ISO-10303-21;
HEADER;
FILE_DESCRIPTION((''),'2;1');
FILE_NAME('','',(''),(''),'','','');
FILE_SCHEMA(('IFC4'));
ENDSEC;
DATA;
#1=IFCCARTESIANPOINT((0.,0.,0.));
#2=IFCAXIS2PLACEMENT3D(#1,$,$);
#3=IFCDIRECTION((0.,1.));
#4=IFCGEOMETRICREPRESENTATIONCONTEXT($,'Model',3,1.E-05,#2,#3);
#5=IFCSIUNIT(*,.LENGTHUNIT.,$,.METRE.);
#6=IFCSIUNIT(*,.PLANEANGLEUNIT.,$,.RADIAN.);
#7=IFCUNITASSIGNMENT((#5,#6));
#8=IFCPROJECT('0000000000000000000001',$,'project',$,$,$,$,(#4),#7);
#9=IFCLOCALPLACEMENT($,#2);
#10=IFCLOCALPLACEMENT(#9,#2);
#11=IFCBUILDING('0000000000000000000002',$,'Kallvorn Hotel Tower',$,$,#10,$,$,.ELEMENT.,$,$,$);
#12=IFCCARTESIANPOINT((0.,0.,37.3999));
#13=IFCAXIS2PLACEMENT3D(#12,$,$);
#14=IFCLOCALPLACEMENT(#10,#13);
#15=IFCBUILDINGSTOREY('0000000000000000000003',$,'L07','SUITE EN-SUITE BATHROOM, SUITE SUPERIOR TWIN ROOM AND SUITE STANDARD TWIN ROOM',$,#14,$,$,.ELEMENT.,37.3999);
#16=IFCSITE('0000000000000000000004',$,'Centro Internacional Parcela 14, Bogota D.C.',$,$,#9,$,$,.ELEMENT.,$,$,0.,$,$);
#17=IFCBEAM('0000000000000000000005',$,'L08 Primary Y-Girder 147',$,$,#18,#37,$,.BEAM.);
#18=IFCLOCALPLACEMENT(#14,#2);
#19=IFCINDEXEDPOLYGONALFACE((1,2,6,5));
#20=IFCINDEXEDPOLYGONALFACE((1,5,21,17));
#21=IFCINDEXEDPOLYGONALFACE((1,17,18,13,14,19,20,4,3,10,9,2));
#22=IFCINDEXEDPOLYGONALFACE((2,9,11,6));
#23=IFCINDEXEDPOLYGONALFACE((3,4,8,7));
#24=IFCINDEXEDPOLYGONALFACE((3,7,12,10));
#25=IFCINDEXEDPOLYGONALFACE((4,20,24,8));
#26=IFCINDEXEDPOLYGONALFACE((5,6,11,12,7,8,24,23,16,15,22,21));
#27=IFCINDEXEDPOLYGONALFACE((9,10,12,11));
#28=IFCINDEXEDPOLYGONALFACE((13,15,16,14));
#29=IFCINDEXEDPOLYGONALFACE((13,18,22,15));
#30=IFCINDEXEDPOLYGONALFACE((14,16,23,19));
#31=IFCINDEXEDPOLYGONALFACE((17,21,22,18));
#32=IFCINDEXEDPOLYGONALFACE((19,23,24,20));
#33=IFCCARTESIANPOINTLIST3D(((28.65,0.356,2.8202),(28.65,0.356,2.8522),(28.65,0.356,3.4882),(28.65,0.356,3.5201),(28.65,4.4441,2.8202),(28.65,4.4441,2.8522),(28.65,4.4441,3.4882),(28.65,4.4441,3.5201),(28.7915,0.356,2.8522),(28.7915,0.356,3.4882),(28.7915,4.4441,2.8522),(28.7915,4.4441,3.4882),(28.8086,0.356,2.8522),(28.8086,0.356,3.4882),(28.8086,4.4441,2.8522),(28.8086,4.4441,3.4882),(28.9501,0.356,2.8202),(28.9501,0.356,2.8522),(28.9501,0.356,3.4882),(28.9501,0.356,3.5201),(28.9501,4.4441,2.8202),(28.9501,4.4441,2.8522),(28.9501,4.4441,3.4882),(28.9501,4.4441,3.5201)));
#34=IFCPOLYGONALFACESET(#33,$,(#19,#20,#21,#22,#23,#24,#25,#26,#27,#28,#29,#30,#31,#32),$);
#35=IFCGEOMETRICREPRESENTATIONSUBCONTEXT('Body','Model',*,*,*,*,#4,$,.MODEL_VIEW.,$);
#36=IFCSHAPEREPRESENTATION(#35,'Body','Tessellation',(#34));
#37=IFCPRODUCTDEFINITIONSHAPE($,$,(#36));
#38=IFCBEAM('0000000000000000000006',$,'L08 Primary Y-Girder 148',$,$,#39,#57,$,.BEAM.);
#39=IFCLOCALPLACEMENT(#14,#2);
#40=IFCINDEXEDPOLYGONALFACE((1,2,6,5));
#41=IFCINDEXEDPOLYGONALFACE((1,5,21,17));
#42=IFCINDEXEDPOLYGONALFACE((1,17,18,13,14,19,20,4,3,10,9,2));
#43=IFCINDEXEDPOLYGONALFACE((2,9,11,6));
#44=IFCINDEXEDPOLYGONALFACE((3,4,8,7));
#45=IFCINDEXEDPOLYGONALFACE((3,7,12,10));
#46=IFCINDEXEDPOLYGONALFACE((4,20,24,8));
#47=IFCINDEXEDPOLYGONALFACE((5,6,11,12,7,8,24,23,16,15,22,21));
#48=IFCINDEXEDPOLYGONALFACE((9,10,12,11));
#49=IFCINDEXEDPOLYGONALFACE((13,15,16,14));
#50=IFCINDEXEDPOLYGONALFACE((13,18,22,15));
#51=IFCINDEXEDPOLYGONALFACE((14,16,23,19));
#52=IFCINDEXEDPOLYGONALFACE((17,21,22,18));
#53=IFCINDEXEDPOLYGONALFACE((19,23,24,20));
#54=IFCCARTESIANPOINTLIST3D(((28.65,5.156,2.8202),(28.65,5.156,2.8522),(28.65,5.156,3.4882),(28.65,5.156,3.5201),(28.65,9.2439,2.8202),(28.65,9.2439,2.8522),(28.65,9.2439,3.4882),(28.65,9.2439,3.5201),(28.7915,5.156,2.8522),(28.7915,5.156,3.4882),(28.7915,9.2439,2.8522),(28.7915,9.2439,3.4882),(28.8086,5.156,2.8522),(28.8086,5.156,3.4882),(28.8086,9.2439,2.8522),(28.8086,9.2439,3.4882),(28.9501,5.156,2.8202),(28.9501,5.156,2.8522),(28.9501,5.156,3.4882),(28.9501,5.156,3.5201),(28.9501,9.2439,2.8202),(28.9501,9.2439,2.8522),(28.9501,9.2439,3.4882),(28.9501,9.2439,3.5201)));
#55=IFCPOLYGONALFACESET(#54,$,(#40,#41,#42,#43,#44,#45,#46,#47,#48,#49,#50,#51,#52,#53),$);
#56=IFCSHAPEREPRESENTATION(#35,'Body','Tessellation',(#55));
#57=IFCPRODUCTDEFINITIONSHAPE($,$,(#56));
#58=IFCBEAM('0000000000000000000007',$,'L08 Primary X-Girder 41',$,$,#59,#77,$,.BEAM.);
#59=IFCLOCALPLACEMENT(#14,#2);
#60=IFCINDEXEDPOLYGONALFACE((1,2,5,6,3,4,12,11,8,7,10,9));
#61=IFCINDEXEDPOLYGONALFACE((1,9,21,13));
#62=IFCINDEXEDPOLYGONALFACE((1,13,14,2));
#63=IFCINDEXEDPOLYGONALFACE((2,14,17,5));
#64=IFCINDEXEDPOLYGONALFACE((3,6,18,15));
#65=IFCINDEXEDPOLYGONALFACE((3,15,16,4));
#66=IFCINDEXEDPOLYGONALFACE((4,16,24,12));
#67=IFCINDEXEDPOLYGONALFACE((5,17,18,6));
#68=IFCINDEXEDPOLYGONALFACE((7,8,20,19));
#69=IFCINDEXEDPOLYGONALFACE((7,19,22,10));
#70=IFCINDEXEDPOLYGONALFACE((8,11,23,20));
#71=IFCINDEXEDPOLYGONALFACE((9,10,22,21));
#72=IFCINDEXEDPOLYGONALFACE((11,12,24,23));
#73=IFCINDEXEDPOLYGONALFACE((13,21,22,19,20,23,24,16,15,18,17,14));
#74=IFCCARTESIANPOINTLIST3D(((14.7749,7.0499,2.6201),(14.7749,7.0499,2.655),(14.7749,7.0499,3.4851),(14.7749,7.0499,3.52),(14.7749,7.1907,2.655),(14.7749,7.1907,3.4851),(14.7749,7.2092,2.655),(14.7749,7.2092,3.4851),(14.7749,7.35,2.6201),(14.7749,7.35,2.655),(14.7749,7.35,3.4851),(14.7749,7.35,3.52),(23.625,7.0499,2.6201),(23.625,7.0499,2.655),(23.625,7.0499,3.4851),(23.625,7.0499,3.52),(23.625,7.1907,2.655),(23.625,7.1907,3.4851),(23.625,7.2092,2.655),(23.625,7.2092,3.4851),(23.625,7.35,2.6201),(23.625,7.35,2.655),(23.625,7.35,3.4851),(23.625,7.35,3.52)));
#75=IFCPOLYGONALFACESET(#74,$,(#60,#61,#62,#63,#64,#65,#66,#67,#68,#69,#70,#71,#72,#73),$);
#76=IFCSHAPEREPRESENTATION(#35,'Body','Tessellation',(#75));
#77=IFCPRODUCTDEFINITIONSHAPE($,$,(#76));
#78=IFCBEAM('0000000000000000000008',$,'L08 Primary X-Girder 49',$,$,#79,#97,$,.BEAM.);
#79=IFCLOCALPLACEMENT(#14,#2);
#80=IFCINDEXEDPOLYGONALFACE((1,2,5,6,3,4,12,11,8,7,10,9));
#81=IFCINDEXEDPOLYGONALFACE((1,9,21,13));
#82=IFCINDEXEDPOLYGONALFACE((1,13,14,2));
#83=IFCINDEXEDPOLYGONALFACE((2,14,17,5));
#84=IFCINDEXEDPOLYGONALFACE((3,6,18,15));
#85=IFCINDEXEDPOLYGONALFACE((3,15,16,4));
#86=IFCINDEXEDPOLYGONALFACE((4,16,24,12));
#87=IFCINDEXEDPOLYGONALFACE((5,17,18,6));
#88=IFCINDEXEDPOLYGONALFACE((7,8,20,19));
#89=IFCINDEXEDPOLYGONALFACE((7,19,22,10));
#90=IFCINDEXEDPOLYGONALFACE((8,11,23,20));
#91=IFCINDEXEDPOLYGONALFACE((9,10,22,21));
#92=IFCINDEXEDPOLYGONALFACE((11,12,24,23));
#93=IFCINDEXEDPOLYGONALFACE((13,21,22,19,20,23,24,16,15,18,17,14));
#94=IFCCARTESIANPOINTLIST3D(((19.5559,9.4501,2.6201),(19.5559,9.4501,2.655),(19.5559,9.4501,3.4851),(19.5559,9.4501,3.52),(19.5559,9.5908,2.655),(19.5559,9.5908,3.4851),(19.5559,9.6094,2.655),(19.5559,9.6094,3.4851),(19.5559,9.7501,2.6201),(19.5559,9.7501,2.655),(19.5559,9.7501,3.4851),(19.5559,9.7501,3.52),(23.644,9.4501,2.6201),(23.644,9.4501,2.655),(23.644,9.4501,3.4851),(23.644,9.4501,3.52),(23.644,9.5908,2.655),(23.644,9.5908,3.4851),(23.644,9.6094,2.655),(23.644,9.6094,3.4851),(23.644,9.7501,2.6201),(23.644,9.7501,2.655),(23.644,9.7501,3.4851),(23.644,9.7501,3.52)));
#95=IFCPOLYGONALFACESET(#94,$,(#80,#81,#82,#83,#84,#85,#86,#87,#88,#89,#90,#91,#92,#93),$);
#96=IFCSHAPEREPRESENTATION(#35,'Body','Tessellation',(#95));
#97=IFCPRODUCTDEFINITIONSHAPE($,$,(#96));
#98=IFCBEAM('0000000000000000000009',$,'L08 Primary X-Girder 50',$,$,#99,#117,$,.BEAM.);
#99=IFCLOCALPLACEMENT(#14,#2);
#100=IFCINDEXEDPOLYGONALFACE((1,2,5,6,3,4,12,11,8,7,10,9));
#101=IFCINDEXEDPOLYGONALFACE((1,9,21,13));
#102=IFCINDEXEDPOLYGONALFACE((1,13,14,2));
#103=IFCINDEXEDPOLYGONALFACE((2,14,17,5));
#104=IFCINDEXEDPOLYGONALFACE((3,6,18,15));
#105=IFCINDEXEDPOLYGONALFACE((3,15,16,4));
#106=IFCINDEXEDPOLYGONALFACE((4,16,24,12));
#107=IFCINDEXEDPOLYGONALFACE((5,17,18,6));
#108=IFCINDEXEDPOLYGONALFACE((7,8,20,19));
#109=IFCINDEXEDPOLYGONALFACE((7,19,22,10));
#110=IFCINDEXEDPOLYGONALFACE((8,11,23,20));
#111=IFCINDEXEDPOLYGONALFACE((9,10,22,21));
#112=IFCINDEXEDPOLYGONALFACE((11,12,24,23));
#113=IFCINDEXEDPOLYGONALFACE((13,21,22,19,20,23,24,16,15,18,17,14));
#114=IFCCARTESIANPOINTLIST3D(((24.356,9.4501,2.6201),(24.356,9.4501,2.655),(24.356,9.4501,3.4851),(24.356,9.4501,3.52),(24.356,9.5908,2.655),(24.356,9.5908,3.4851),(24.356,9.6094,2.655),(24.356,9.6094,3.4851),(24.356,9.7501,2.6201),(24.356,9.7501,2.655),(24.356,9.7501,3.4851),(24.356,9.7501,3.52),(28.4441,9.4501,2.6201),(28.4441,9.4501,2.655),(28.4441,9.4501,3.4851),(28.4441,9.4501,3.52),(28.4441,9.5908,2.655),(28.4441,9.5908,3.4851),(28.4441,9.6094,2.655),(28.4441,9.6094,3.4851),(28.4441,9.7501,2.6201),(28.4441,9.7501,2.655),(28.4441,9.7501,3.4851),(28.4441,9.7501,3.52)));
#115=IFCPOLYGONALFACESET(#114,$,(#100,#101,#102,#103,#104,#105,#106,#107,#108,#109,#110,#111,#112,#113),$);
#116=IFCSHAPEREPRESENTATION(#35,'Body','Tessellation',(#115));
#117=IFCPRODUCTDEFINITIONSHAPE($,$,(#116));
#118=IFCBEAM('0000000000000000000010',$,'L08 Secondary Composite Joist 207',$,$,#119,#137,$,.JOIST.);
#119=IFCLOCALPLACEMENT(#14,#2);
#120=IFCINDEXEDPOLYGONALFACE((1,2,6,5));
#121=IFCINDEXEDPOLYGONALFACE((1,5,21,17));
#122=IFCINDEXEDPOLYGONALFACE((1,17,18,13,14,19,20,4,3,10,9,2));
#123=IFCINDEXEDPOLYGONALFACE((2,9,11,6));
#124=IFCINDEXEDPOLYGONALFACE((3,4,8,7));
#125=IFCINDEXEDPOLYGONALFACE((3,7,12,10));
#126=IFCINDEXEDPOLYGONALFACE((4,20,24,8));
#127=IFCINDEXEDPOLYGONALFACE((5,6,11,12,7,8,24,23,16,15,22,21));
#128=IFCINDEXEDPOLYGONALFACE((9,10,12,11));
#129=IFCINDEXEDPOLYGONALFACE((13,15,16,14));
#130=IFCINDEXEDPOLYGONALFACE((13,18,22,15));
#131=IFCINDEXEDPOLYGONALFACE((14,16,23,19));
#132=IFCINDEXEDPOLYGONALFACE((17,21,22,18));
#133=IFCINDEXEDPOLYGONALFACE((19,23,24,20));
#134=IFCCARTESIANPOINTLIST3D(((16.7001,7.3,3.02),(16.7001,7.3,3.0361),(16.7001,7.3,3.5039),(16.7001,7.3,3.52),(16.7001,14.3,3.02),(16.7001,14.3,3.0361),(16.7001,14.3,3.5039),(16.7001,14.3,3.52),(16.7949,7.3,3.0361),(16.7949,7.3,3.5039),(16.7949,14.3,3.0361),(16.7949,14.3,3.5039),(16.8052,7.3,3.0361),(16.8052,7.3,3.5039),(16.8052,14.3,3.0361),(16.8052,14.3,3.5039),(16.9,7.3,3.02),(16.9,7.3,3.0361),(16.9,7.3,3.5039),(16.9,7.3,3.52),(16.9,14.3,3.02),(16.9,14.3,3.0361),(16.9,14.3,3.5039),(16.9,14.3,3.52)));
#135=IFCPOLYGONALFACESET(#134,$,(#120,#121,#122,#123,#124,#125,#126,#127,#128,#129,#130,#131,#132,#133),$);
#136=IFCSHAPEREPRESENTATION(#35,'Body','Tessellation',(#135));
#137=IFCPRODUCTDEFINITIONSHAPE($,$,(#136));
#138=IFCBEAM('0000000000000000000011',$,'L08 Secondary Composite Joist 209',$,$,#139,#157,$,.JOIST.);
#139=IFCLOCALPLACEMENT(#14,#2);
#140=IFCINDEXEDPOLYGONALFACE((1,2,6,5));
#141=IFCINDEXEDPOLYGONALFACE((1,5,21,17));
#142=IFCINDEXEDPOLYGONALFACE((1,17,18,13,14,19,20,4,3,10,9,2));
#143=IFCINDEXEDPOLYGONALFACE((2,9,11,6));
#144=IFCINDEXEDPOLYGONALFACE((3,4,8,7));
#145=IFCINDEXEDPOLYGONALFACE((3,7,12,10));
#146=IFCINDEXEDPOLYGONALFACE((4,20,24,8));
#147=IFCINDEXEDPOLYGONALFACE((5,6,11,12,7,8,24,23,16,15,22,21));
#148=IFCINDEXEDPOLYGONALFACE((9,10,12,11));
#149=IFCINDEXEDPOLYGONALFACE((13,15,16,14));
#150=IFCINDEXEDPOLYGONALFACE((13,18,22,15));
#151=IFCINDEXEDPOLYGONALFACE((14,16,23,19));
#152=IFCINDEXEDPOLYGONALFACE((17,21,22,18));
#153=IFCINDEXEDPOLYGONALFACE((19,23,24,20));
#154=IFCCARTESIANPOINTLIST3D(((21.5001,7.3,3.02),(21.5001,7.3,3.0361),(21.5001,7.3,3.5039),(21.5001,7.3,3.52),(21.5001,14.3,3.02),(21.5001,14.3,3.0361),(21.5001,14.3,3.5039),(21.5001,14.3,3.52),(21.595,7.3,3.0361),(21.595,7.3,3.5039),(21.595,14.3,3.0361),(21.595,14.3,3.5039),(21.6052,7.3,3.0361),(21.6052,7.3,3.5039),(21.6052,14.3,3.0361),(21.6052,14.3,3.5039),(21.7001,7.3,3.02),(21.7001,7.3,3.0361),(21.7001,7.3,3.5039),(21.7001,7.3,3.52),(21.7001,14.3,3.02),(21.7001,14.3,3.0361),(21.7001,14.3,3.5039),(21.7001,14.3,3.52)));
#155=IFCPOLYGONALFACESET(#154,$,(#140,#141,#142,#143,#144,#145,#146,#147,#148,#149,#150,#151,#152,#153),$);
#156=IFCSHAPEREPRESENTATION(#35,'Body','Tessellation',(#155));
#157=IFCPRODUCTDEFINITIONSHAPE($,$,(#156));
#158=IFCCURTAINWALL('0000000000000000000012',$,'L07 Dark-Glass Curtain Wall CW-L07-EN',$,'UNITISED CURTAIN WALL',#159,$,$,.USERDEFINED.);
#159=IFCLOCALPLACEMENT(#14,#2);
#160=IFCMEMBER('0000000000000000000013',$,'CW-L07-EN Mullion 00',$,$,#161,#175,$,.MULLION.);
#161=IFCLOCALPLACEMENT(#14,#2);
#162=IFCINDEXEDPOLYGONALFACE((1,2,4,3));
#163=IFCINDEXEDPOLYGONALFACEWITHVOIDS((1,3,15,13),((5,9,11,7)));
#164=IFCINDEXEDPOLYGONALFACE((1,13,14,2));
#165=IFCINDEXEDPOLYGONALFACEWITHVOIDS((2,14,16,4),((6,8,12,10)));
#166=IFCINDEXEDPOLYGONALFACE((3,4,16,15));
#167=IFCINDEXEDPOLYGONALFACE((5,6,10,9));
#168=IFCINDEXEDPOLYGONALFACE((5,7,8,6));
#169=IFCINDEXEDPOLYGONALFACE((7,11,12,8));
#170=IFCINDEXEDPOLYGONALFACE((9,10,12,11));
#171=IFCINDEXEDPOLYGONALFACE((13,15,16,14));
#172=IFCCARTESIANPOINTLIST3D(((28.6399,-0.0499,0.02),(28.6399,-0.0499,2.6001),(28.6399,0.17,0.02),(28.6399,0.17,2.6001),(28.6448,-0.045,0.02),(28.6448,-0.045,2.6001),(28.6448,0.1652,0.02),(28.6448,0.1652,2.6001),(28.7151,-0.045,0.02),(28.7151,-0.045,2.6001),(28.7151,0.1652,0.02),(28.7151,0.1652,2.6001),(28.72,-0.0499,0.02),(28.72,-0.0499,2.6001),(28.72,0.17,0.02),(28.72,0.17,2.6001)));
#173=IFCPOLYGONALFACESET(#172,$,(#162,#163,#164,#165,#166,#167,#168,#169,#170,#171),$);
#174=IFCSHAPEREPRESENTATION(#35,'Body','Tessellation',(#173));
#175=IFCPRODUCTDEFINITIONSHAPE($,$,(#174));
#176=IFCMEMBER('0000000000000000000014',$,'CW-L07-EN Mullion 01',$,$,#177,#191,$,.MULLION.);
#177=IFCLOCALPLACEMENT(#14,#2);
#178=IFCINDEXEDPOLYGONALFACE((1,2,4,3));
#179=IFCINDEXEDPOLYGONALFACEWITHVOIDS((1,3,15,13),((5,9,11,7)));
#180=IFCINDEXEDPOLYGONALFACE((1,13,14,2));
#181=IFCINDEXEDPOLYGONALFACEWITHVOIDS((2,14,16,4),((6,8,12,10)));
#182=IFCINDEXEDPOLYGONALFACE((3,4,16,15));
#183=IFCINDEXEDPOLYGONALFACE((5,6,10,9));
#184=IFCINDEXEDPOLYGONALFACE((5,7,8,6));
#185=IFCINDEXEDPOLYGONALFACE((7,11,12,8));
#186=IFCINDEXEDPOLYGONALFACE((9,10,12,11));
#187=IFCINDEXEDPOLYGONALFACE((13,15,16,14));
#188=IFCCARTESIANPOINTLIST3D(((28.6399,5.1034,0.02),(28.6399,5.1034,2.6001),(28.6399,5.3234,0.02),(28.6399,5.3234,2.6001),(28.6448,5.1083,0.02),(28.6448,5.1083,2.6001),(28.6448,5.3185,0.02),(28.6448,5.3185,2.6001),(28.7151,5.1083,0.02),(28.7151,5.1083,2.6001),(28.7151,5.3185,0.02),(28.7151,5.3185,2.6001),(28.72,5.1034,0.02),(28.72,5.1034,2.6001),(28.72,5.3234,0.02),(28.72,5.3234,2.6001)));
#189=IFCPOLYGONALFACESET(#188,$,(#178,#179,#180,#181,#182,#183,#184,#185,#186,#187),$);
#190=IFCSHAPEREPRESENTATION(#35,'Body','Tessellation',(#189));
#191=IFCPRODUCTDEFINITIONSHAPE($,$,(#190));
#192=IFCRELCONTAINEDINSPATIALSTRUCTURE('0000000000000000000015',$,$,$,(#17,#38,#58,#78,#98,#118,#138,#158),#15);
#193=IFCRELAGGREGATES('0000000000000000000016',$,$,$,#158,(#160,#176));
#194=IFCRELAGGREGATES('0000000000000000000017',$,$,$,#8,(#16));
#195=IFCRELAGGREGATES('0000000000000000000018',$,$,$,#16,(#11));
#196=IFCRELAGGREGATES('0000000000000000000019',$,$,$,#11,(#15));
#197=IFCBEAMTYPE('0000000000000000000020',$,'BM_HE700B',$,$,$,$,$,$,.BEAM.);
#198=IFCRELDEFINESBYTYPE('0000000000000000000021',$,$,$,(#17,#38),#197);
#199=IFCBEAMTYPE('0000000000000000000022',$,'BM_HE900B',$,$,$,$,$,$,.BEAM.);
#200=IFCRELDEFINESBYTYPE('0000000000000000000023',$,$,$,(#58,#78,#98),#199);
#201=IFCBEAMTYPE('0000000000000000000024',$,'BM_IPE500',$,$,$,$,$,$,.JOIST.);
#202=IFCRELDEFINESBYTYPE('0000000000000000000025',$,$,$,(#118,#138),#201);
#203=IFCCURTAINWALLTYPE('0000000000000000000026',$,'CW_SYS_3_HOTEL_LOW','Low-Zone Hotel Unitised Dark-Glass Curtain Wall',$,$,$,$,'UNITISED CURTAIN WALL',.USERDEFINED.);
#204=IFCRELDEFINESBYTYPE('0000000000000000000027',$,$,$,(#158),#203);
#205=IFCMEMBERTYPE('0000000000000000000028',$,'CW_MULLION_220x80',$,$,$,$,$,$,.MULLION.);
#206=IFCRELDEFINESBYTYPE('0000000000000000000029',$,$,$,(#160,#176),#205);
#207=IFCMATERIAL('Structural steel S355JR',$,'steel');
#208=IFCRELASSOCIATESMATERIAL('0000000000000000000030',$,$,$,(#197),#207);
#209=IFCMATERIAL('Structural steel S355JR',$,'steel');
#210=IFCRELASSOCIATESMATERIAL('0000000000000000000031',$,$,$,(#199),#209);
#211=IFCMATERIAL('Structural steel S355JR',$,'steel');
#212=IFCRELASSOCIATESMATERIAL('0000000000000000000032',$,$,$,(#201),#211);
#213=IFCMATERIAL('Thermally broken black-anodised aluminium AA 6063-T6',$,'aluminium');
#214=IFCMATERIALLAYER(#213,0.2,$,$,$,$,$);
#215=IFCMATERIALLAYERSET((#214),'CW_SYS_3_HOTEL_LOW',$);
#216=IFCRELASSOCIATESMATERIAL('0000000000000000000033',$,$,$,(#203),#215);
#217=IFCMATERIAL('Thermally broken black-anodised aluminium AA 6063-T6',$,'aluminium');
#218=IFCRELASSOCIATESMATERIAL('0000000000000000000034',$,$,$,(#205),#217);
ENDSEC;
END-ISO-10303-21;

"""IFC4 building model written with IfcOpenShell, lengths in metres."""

from ifc_helpers import new_model, si_unit, direction, frame, origin, origin_2d, place, context, subcontext, project, spatial, hollow_rectangle, i_section, extrude, material, layer, layer_set, material_profile, profile_set, type_object, element, aggregate, save


model = new_model("IFC4")

# Units and contexts
model_context = context("Model", 3, precision=1e-05, world=origin(), true_north=direction((0.0, 1.0)))
body_context = subcontext(model_context, "Body", "Model", "MODEL_VIEW")
ifc_project = project(units=[si_unit("LENGTHUNIT", "METRE"), si_unit("PLANEANGLEUNIT", "RADIAN")], contexts=[model_context])

# Site, building, storey
site_placement = place(None, origin())
site = spatial("IfcSite", under=ifc_project, at=site_placement, Name="Centro Internacional Parcela 14, Bogota D.C.", CompositionType="ELEMENT", RefElevation=0.0)
building_placement = place(site_placement, origin())
building = spatial("IfcBuilding", under=site, at=building_placement, Name="Kallvorn Hotel Tower", CompositionType="ELEMENT")
storey_placement = place(building_placement, frame((0.0, 0.0, 37.3999)))
storey = spatial("IfcBuildingStorey", under=building, at=storey_placement, Name="L07", Description="SUITE EN-SUITE BATHROOM, SUITE SUPERIOR TWIN ROOM AND SUITE STANDARD TWIN ROOM", CompositionType="ELEMENT", Elevation=37.3999)

# Beams
ifc_material_1 = material(Name="Structural steel S355JR", Category="steel")
ifc_material_profile_1 = material_profile(ifc_material_1, i_section(OverallWidth=0.3, OverallDepth=0.7, WebThickness=0.0171, FlangeThickness=0.032, at=origin_2d()), Name="HE 700 B")
ifc_profile_set_1 = profile_set([ifc_material_profile_1], Name="Structural steel S355JR")
beam_type_1 = type_object("IfcBeamType", Name="BM_HE700B", PredefinedType="BEAM", material=ifc_profile_set_1)
beam_1_placement = place(storey_placement, frame((28.8, 0.356, 3.1702), z_axis=(0.0, 1.0, 0.0), x_axis=(-1.0, 0.0, 0.0)))
element("IfcBeam", 1, at=beam_1_placement, inside=storey, type_object=beam_type_1, Name="L08 Primary Y-Girder 147", PredefinedType="BEAM", context=body_context, shape_type="SweptSolid", body=[
    extrude(i_section(OverallWidth=0.3, OverallDepth=0.7, WebThickness=0.0171, FlangeThickness=0.032, at=origin_2d()), origin(), (0.0, 0.0, 1.0), 4.0881),
])
beam_2_placement = place(storey_placement, frame((28.8, 5.156, 3.1702), z_axis=(0.0, 1.0, 0.0), x_axis=(-1.0, 0.0, 0.0)))
element("IfcBeam", 2, at=beam_2_placement, inside=storey, type_object=beam_type_1, Name="L08 Primary Y-Girder 148", PredefinedType="BEAM", context=body_context, shape_type="SweptSolid", body=[
    extrude(i_section(OverallWidth=0.3, OverallDepth=0.7, WebThickness=0.0171, FlangeThickness=0.032, at=origin_2d()), origin(), (0.0, 0.0, 1.0), 4.0879),
])
ifc_material_2 = material(Name="Structural steel S355JR", Category="steel")
ifc_material_profile_2 = material_profile(ifc_material_2, i_section(OverallWidth=0.3, OverallDepth=0.8999, WebThickness=0.0186, FlangeThickness=0.0349, at=origin_2d()), Name="HE 900 B")
ifc_profile_set_2 = profile_set([ifc_material_profile_2], Name="Structural steel S355JR")
beam_type_2 = type_object("IfcBeamType", Name="BM_HE900B", PredefinedType="BEAM", material=ifc_profile_set_2)
beam_3_placement = place(storey_placement, frame((14.7749, 7.2, 3.0701), z_axis=(1.0, 0.0, 0.0), x_axis=(0.0, 1.0, 0.0)))
element("IfcBeam", 3, at=beam_3_placement, inside=storey, type_object=beam_type_2, Name="L08 Primary X-Girder 41", PredefinedType="BEAM", context=body_context, shape_type="SweptSolid", body=[
    extrude(i_section(OverallWidth=0.3, OverallDepth=0.8999, WebThickness=0.0186, FlangeThickness=0.0349, at=origin_2d()), origin(), (0.0, 0.0, 1.0), 8.8501),
])
for number, where, z_axis, x_axis, name in (
    (4, (19.5559, 9.6001, 3.0701), (1.0, 0.0, 0.0), (0.0, 1.0, 0.0), "L08 Primary X-Girder 49"),
    (5, (24.356, 9.6001, 3.0701), (1.0, 0.0, 0.0), (0.0, 1.0, 0.0), "L08 Primary X-Girder 50"),
):
    element("IfcBeam", number, at=place(storey_placement, frame(where, z_axis=z_axis, x_axis=x_axis)), inside=storey, type_object=beam_type_2, Name=name, PredefinedType="BEAM", context=body_context, shape_type="SweptSolid", body=[
        extrude(i_section(OverallWidth=0.3, OverallDepth=0.8999, WebThickness=0.0186, FlangeThickness=0.0349, at=origin_2d()), origin(), (0.0, 0.0, 1.0), 4.0881),
    ])
ifc_material_3 = material(Name="Structural steel S355JR", Category="steel")
ifc_material_profile_3 = material_profile(ifc_material_3, i_section(OverallWidth=0.2, OverallDepth=0.5, WebThickness=0.0103, FlangeThickness=0.0161, at=origin_2d()), Name="IPE 500")
ifc_profile_set_3 = profile_set([ifc_material_profile_3], Name="Structural steel S355JR")
beam_type_3 = type_object("IfcBeamType", Name="BM_IPE500", PredefinedType="JOIST", material=ifc_profile_set_3)
for number, where, z_axis, x_axis, name in (
    (6, (16.8, 7.3, 3.27), (0.0, 1.0, 0.0), (-1.0, 0.0, 0.0), "L08 Secondary Composite Joist 207"),
    (7, (21.6001, 7.3, 3.27), (0.0, 1.0, 0.0), (-1.0, 0.0, 0.0), "L08 Secondary Composite Joist 209"),
):
    element("IfcBeam", number, at=place(storey_placement, frame(where, z_axis=z_axis, x_axis=x_axis)), inside=storey, type_object=beam_type_3, Name=name, PredefinedType="JOIST", context=body_context, shape_type="SweptSolid", body=[
        extrude(i_section(OverallWidth=0.2, OverallDepth=0.5, WebThickness=0.0103, FlangeThickness=0.0161, at=origin_2d()), origin(), (0.0, 0.0, 1.0), 7.0),
    ])

# Curtain wall, members
ifc_material_4 = material(Name="Thermally broken black-anodised aluminium AA 6063-T6", Category="aluminium")
ifc_layer_1 = layer(ifc_material_4, 0.2)
ifc_layer_set_1 = layer_set([ifc_layer_1], Name="CW_SYS_3_HOTEL_LOW")
curtain_wall_type = type_object("IfcCurtainWallType", Name="CW_SYS_3_HOTEL_LOW", Description="Low-Zone Hotel Unitised Dark-Glass Curtain Wall", ElementType="UNITISED CURTAIN WALL", PredefinedType="USERDEFINED", material=ifc_layer_set_1)
curtain_wall_placement = place(storey_placement, origin())
curtain_wall = element("IfcCurtainWall", 8, at=curtain_wall_placement, inside=storey, type_object=curtain_wall_type, Name="L07 Dark-Glass Curtain Wall CW-L07-EN", ObjectType="UNITISED CURTAIN WALL", PredefinedType="USERDEFINED")
ifc_material_5 = material(Name="Thermally broken black-anodised aluminium AA 6063-T6", Category="aluminium")
ifc_material_profile_4 = material_profile(ifc_material_5, hollow_rectangle(XDim=0.0801, YDim=0.22, WallThickness=0.0049, at=origin_2d()), Name="MUL 220x80")
ifc_profile_set_4 = profile_set([ifc_material_profile_4], Name="Thermally broken black-anodised aluminium AA 6063-T6")
member_type_1 = type_object("IfcMemberType", Name="CW_MULLION_220x80", PredefinedType="MULLION", material=ifc_profile_set_4)
member_1_placement = place(storey_placement, frame((28.6799, 0.0601, 0.02), z_axis=(0.0, 0.0, 1.0), x_axis=(1.0, 0.0, 0.0)))
member_1 = element("IfcMember", 9, at=member_1_placement, type_object=member_type_1, Name="CW-L07-EN Mullion 00", PredefinedType="MULLION", context=body_context, shape_type="SweptSolid", body=[
    extrude(hollow_rectangle(XDim=0.0801, YDim=0.22, WallThickness=0.0049, at=origin_2d()), origin(), (0.0, 0.0, 1.0), 2.5801),
])
member_2_placement = place(storey_placement, frame((28.6799, 5.2134, 0.02), z_axis=(0.0, 0.0, 1.0), x_axis=(1.0, 0.0, 0.0)))
member_2 = element("IfcMember", 10, at=member_2_placement, type_object=member_type_1, Name="CW-L07-EN Mullion 01", PredefinedType="MULLION", context=body_context, shape_type="SweptSolid", body=[
    extrude(hollow_rectangle(XDim=0.0801, YDim=0.22, WallThickness=0.0049, at=origin_2d()), origin(), (0.0, 0.0, 1.0), 2.5801),
])
aggregate(curtain_wall, [member_1, member_2])

save(model, "model.ifc")
